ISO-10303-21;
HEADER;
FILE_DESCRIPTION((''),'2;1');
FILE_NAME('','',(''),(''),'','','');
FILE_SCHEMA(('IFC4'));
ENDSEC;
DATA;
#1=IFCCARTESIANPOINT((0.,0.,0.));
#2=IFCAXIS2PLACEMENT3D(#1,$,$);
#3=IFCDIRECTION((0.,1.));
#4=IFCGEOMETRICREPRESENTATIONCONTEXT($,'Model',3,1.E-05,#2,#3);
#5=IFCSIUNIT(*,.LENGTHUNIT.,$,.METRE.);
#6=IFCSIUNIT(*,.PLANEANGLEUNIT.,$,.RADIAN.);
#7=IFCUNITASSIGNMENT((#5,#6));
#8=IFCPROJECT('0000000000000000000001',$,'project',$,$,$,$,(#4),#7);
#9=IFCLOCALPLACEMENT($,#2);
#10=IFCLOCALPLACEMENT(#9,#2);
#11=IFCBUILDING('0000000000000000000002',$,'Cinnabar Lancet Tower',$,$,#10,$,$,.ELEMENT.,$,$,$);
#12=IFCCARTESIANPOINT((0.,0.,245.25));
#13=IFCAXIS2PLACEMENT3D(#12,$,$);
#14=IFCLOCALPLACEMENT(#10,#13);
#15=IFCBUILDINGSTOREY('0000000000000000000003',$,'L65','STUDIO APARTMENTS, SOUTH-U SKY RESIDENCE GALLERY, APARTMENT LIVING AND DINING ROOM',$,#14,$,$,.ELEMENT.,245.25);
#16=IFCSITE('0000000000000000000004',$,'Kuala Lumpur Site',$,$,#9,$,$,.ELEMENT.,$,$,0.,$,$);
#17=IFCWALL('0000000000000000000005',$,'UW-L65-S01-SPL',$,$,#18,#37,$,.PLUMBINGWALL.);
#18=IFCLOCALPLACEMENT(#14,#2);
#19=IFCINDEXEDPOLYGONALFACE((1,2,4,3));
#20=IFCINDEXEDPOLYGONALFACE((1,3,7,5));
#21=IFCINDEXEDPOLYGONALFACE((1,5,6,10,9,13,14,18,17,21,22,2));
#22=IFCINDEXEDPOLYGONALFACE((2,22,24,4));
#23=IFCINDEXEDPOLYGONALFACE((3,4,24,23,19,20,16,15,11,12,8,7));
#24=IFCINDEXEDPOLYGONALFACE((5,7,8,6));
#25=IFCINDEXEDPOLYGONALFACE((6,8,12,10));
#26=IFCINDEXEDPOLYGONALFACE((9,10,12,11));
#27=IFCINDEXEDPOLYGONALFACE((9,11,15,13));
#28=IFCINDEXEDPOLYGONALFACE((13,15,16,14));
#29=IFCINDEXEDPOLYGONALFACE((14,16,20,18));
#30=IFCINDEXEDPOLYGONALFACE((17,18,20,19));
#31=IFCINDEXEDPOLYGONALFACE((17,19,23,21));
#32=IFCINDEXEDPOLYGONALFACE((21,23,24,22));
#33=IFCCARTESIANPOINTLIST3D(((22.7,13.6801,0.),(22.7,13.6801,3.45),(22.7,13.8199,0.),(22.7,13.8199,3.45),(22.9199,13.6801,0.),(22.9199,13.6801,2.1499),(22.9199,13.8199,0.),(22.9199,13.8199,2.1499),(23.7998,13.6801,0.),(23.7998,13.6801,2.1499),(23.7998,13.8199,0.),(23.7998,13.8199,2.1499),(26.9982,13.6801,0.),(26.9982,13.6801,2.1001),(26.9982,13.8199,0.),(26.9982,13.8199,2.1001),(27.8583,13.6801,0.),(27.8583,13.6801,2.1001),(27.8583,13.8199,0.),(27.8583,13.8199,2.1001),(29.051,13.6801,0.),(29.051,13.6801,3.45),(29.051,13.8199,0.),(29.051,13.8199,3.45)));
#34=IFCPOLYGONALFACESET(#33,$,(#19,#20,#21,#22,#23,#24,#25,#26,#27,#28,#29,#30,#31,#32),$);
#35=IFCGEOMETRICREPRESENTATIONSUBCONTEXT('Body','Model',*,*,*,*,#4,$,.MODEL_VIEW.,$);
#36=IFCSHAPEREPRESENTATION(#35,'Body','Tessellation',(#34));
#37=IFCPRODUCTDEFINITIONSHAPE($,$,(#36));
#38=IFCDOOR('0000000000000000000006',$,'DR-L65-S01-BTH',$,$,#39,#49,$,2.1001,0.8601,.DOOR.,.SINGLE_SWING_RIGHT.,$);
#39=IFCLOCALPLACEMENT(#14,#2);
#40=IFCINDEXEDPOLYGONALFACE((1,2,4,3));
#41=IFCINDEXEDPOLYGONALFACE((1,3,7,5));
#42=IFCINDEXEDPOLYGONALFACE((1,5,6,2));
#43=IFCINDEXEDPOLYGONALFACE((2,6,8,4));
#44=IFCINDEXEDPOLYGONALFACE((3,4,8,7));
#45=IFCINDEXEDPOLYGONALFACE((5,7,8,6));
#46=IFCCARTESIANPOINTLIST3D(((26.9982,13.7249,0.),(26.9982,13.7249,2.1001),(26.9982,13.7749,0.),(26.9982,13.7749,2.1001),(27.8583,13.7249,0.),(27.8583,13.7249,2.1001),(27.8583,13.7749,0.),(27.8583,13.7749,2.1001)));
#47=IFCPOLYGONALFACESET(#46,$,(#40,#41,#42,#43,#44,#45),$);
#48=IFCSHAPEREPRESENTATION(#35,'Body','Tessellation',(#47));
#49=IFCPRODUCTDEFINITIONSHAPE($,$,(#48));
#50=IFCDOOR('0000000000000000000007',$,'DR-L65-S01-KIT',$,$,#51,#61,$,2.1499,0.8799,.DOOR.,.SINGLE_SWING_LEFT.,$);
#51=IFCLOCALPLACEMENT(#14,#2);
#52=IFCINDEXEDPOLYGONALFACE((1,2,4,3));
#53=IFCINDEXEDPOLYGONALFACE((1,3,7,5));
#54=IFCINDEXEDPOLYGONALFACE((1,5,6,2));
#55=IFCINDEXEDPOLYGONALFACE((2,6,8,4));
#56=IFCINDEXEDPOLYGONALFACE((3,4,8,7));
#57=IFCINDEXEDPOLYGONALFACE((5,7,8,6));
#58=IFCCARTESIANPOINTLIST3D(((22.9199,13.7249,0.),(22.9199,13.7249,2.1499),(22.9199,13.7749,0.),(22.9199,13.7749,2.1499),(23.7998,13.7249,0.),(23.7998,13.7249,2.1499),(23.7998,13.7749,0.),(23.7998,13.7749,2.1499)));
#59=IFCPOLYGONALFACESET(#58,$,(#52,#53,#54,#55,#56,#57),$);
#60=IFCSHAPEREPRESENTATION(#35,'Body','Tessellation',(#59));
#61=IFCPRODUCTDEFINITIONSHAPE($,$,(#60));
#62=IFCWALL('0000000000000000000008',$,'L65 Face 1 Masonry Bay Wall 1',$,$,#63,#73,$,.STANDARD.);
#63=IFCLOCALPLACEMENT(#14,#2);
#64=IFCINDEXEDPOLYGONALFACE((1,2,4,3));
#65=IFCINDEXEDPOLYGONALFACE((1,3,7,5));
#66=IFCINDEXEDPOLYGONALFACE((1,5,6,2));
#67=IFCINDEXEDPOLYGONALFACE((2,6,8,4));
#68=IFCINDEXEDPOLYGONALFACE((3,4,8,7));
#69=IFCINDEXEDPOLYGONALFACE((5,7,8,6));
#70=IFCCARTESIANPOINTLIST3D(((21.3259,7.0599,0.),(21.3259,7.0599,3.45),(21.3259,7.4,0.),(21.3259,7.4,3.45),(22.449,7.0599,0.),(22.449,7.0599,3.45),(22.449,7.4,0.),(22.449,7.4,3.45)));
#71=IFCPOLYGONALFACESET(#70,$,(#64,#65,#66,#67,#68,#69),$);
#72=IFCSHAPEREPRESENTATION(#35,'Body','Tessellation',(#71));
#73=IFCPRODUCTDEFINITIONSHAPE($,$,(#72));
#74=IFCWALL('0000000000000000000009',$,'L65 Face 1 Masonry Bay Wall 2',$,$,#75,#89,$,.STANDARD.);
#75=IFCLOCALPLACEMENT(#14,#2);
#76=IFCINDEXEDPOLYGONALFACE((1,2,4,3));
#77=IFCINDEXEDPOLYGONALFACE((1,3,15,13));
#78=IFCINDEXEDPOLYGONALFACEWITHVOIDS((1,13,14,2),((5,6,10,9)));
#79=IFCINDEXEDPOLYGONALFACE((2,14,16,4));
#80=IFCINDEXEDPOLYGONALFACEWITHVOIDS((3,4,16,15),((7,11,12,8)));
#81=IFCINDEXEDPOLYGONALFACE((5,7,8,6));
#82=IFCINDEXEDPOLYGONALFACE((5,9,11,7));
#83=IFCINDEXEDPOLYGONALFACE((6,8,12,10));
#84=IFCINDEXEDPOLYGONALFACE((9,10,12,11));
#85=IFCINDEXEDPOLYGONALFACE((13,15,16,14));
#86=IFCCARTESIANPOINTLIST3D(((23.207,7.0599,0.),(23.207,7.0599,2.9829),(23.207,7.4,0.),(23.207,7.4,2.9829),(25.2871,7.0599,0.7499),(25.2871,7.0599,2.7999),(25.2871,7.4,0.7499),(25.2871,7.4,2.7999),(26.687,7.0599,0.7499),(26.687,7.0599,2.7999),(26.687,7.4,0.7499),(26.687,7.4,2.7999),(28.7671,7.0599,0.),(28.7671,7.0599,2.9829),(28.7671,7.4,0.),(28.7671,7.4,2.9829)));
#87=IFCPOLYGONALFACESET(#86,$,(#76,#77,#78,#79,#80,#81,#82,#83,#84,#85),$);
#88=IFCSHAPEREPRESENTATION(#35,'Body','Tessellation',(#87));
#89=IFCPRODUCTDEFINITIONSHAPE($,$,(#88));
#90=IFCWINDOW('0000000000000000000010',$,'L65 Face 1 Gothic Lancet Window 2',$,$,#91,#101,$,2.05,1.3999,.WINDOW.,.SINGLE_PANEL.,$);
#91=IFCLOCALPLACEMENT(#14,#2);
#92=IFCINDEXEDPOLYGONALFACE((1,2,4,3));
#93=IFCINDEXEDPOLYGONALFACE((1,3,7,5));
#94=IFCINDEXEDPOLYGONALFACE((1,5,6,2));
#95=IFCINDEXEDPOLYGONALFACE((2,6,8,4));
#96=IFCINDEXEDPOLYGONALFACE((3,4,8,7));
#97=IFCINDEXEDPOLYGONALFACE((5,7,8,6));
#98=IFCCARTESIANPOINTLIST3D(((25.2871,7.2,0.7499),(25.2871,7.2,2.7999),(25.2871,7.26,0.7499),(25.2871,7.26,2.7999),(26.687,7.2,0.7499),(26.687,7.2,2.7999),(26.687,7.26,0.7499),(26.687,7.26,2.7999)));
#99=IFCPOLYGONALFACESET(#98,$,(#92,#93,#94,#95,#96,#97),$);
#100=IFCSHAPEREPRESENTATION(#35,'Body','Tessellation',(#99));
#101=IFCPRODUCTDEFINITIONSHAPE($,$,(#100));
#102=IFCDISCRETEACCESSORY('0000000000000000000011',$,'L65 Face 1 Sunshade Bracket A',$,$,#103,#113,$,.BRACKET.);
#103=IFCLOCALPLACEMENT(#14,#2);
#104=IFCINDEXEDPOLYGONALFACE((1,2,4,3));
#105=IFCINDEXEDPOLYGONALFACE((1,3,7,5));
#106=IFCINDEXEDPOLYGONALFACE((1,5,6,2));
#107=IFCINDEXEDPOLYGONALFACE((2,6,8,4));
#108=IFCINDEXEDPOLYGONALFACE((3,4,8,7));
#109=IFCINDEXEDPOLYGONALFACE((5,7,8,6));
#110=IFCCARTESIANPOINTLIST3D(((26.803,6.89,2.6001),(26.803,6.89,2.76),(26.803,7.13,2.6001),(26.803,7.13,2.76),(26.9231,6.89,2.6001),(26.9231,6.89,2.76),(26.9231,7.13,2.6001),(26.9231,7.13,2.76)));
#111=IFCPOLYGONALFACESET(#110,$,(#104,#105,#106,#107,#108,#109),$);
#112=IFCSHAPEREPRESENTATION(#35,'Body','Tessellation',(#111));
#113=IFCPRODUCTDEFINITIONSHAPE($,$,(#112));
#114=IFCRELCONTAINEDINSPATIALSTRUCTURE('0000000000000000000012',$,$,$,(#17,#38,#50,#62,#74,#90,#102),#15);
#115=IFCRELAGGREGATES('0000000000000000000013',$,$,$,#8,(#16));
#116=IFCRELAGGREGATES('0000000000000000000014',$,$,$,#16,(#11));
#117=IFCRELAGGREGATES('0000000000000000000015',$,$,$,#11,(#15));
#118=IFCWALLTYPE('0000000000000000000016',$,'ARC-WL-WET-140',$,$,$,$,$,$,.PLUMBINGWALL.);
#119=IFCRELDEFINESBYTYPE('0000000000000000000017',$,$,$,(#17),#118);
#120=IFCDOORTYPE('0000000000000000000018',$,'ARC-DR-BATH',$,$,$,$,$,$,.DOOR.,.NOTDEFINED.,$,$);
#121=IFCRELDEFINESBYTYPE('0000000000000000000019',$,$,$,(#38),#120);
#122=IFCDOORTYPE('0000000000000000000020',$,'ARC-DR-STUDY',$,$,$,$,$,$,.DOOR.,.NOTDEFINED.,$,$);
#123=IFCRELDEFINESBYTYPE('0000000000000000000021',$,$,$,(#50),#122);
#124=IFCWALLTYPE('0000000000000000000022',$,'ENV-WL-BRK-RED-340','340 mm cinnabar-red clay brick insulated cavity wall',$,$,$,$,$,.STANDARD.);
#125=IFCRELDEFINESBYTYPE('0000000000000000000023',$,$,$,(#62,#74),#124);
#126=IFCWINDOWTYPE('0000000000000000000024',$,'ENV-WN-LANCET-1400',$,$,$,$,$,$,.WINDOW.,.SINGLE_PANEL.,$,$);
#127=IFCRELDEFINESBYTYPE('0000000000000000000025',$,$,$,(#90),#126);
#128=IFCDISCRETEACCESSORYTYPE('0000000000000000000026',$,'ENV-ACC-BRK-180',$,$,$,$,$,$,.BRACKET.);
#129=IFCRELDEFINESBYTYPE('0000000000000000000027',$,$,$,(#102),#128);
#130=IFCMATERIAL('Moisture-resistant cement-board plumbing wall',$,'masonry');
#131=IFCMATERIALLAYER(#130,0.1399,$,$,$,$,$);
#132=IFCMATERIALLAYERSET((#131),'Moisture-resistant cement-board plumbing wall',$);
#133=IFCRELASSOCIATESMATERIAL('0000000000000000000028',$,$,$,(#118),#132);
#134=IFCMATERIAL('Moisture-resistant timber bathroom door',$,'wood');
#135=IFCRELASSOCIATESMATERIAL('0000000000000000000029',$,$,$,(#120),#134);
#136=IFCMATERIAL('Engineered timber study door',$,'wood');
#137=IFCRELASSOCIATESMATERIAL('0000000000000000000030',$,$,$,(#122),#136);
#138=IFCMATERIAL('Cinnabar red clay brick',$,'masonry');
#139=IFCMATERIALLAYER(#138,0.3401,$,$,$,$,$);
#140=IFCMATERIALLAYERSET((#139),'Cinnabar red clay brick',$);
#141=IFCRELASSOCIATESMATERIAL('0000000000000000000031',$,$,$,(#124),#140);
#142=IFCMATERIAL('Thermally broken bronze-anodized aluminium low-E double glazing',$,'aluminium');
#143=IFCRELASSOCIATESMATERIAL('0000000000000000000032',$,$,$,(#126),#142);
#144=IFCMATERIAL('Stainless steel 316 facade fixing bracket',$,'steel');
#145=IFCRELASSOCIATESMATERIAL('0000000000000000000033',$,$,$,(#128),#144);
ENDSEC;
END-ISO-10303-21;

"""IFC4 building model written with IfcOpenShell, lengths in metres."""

from ifc_helpers import new_model, si_unit, direction, frame, frame_2d, origin, origin_2d, place, context, subcontext, project, spatial, rectangle, extrude, material, layer, layer_set, type_object, element, fill, save


model = new_model("IFC4")

# Units and contexts
model_context = context("Model", 3, precision=1e-05, world=origin(), true_north=direction((0.0, 1.0)))
body_context = subcontext(model_context, "Body", "Model", "MODEL_VIEW")
ifc_project = project(units=[si_unit("LENGTHUNIT", "METRE"), si_unit("PLANEANGLEUNIT", "RADIAN")], contexts=[model_context])

# Site, building, storey
site_placement = place(None, origin())
site = spatial("IfcSite", under=ifc_project, at=site_placement, Name="Kuala Lumpur Site", CompositionType="ELEMENT", RefElevation=0.0)
building_placement = place(site_placement, origin())
building = spatial("IfcBuilding", under=site, at=building_placement, Name="Cinnabar Lancet Tower", CompositionType="ELEMENT")
storey_placement = place(building_placement, frame((0.0, 0.0, 245.25)))
storey = spatial("IfcBuildingStorey", under=building, at=storey_placement, Name="L65", Description="STUDIO APARTMENTS, SOUTH-U SKY RESIDENCE GALLERY, APARTMENT LIVING AND DINING ROOM", CompositionType="ELEMENT", Elevation=245.25)

# Wall, openings, doors
ifc_material_1 = material(Name="Moisture-resistant cement-board plumbing wall", Category="masonry")
ifc_layer_1 = layer(ifc_material_1, 0.1399)
ifc_layer_set_1 = layer_set([ifc_layer_1], Name="Moisture-resistant cement-board plumbing wall")
wall_type_1 = type_object("IfcWallType", Name="ARC-WL-WET-140", PredefinedType="PLUMBINGWALL", material=ifc_layer_set_1)
wall_1_placement = place(storey_placement, frame((22.7, 13.75, 0.0), z_axis=(0.0, 0.0, 1.0), x_axis=(1.0, 0.0, 0.0)))
wall_1 = element("IfcWall", 1, at=wall_1_placement, inside=storey, type_object=wall_type_1, Name="UW-L65-S01-SPL", PredefinedType="PLUMBINGWALL", context=body_context, shape_type="SweptSolid", body=[
    extrude(rectangle(XDim=6.3511, YDim=0.1399, at=frame_2d((3.1755, 0.0))), origin(), (0.0, 0.0, 1.0), 3.45),
])
opening_1_placement = place(wall_1_placement, frame((4.2981, 0.0, 0.0)))
opening_1 = element("IfcOpeningElement", 2, at=opening_1_placement, cuts=wall_1, PredefinedType="OPENING", context=body_context, shape_type="SweptSolid", body=[
    extrude(rectangle(XDim=0.8601, YDim=2.1001, at=frame_2d((0.4302, 1.05))), frame((0.0, 0.0798, 0.0), z_axis=(0.0, -1.0, 0.0), x_axis=(1.0, 0.0, 0.0)), (0.0, 0.0, 1.0), 0.1599),
])
opening_2_placement = place(wall_1_placement, frame((0.22, 0.0, 0.0)))
opening_2 = element("IfcOpeningElement", 3, at=opening_2_placement, cuts=wall_1, PredefinedType="OPENING", context=body_context, shape_type="SweptSolid", body=[
    extrude(rectangle(XDim=0.8799, YDim=2.1499, at=frame_2d((0.4399, 1.075))), frame((0.0, 0.0798, 0.0), z_axis=(0.0, -1.0, 0.0), x_axis=(1.0, 0.0, 0.0)), (0.0, 0.0, 1.0), 0.1599),
])
ifc_material_2 = material(Name="Moisture-resistant timber bathroom door", Category="wood")
door_type_1 = type_object("IfcDoorType", Name="ARC-DR-BATH", OperationType="NOTDEFINED", PredefinedType="DOOR", material=ifc_material_2)
door_1_placement = place(opening_1_placement, origin())
door_1 = element("IfcDoor", 4, at=door_1_placement, inside=storey, type_object=door_type_1, Name="DR-L65-S01-BTH", OperationType="SINGLE_SWING_RIGHT", OverallHeight=2.1001, OverallWidth=0.8601, PredefinedType="DOOR", context=body_context, shape_type="SweptSolid", body=[
    extrude(rectangle(XDim=0.8601, YDim=2.1001, at=frame_2d((0.4302, 1.05))), frame((0.0, 0.0249, 0.0), z_axis=(0.0, -1.0, 0.0), x_axis=(1.0, 0.0, 0.0)), (0.0, 0.0, 1.0), 0.05),
])
fill(opening_1, door_1)
ifc_material_3 = material(Name="Engineered timber study door", Category="wood")
door_type_2 = type_object("IfcDoorType", Name="ARC-DR-STUDY", OperationType="NOTDEFINED", PredefinedType="DOOR", material=ifc_material_3)
door_2_placement = place(opening_2_placement, origin())
door_2 = element("IfcDoor", 5, at=door_2_placement, inside=storey, type_object=door_type_2, Name="DR-L65-S01-KIT", OperationType="SINGLE_SWING_LEFT", OverallHeight=2.1499, OverallWidth=0.8799, PredefinedType="DOOR", context=body_context, shape_type="SweptSolid", body=[
    extrude(rectangle(XDim=0.8799, YDim=2.1499, at=frame_2d((0.4399, 1.075))), frame((0.0, 0.0249, 0.0), z_axis=(0.0, -1.0, 0.0), x_axis=(1.0, 0.0, 0.0)), (0.0, 0.0, 1.0), 0.05),
])
fill(opening_2, door_2)

# Wall
ifc_material_4 = material(Name="Cinnabar red clay brick", Category="masonry")
ifc_layer_2 = layer(ifc_material_4, 0.3401)
ifc_layer_set_2 = layer_set([ifc_layer_2], Name="Cinnabar red clay brick")
wall_type_2 = type_object("IfcWallType", Name="ENV-WL-BRK-RED-340", Description="340 mm cinnabar-red clay brick insulated cavity wall", PredefinedType="STANDARD", material=ifc_layer_set_2)
wall_2_placement = place(storey_placement, frame((21.3259, 7.23, 0.0), z_axis=(0.0, 0.0, 1.0), x_axis=(1.0, 0.0, 0.0)))
element("IfcWall", 6, at=wall_2_placement, inside=storey, type_object=wall_type_2, Name="L65 Face 1 Masonry Bay Wall 1", PredefinedType="STANDARD", context=body_context, shape_type="SweptSolid", body=[
    extrude(rectangle(XDim=1.123, YDim=0.3401, at=frame_2d((0.5615, 0.0))), origin(), (0.0, 0.0, 1.0), 3.45),
])

# Wall, opening, window
wall_3_placement = place(storey_placement, frame((23.207, 7.23, 0.0), z_axis=(0.0, 0.0, 1.0), x_axis=(1.0, 0.0, 0.0)))
wall_3 = element("IfcWall", 7, at=wall_3_placement, inside=storey, type_object=wall_type_2, Name="L65 Face 1 Masonry Bay Wall 2", PredefinedType="STANDARD", context=body_context, shape_type="SweptSolid", body=[
    extrude(rectangle(XDim=5.5601, YDim=0.3401, at=frame_2d((2.78, 0.0))), origin(), (0.0, 0.0, 1.0), 2.9829),
])
opening_3_placement = place(wall_3_placement, frame((2.0801, 0.0, 0.75)))
opening_3 = element("IfcOpeningElement", 8, at=opening_3_placement, cuts=wall_3, PredefinedType="OPENING", context=body_context, shape_type="SweptSolid", body=[
    extrude(rectangle(XDim=1.3999, YDim=2.05, at=frame_2d((0.7, 1.0249))), frame((0.0, 0.1799, 0.0), z_axis=(0.0, -1.0, 0.0), x_axis=(1.0, 0.0, 0.0)), (0.0, 0.0, 1.0), 0.3601),
])
ifc_material_5 = material(Name="Thermally broken bronze-anodized aluminium low-E double glazing", Category="aluminium")
window_type = type_object("IfcWindowType", Name="ENV-WN-LANCET-1400", PartitioningType="SINGLE_PANEL", PredefinedType="WINDOW", material=ifc_material_5)
window_placement = place(opening_3_placement, origin())
window = element("IfcWindow", 9, at=window_placement, inside=storey, type_object=window_type, Name="L65 Face 1 Gothic Lancet Window 2", OverallHeight=2.05, OverallWidth=1.3999, PartitioningType="SINGLE_PANEL", PredefinedType="WINDOW", context=body_context, shape_type="SweptSolid", body=[
    extrude(rectangle(XDim=1.3999, YDim=2.05, at=frame_2d((0.7, 1.0249))), frame((0.0, 0.03, 0.0), z_axis=(0.0, -1.0, 0.0), x_axis=(1.0, 0.0, 0.0)), (0.0, 0.0, 1.0), 0.0601),
])
fill(opening_3, window)

# Discrete accessory
ifc_material_6 = material(Name="Stainless steel 316 facade fixing bracket", Category="steel")
discrete_accessory_type = type_object("IfcDiscreteAccessoryType", Name="ENV-ACC-BRK-180", PredefinedType="BRACKET", material=ifc_material_6)
discrete_accessory_placement = place(storey_placement, frame((26.863, 7.01, 2.6001), z_axis=(0.0, 0.0, 1.0), x_axis=(1.0, 0.0, 0.0)))
element("IfcDiscreteAccessory", 10, at=discrete_accessory_placement, inside=storey, type_object=discrete_accessory_type, Name="L65 Face 1 Sunshade Bracket A", PredefinedType="BRACKET", context=body_context, shape_type="SweptSolid", body=[
    extrude(rectangle(XDim=0.1201, YDim=0.24, at=origin_2d()), origin(), (0.0, 0.0, 1.0), 0.1599),
])

save(model, "model.ifc")
